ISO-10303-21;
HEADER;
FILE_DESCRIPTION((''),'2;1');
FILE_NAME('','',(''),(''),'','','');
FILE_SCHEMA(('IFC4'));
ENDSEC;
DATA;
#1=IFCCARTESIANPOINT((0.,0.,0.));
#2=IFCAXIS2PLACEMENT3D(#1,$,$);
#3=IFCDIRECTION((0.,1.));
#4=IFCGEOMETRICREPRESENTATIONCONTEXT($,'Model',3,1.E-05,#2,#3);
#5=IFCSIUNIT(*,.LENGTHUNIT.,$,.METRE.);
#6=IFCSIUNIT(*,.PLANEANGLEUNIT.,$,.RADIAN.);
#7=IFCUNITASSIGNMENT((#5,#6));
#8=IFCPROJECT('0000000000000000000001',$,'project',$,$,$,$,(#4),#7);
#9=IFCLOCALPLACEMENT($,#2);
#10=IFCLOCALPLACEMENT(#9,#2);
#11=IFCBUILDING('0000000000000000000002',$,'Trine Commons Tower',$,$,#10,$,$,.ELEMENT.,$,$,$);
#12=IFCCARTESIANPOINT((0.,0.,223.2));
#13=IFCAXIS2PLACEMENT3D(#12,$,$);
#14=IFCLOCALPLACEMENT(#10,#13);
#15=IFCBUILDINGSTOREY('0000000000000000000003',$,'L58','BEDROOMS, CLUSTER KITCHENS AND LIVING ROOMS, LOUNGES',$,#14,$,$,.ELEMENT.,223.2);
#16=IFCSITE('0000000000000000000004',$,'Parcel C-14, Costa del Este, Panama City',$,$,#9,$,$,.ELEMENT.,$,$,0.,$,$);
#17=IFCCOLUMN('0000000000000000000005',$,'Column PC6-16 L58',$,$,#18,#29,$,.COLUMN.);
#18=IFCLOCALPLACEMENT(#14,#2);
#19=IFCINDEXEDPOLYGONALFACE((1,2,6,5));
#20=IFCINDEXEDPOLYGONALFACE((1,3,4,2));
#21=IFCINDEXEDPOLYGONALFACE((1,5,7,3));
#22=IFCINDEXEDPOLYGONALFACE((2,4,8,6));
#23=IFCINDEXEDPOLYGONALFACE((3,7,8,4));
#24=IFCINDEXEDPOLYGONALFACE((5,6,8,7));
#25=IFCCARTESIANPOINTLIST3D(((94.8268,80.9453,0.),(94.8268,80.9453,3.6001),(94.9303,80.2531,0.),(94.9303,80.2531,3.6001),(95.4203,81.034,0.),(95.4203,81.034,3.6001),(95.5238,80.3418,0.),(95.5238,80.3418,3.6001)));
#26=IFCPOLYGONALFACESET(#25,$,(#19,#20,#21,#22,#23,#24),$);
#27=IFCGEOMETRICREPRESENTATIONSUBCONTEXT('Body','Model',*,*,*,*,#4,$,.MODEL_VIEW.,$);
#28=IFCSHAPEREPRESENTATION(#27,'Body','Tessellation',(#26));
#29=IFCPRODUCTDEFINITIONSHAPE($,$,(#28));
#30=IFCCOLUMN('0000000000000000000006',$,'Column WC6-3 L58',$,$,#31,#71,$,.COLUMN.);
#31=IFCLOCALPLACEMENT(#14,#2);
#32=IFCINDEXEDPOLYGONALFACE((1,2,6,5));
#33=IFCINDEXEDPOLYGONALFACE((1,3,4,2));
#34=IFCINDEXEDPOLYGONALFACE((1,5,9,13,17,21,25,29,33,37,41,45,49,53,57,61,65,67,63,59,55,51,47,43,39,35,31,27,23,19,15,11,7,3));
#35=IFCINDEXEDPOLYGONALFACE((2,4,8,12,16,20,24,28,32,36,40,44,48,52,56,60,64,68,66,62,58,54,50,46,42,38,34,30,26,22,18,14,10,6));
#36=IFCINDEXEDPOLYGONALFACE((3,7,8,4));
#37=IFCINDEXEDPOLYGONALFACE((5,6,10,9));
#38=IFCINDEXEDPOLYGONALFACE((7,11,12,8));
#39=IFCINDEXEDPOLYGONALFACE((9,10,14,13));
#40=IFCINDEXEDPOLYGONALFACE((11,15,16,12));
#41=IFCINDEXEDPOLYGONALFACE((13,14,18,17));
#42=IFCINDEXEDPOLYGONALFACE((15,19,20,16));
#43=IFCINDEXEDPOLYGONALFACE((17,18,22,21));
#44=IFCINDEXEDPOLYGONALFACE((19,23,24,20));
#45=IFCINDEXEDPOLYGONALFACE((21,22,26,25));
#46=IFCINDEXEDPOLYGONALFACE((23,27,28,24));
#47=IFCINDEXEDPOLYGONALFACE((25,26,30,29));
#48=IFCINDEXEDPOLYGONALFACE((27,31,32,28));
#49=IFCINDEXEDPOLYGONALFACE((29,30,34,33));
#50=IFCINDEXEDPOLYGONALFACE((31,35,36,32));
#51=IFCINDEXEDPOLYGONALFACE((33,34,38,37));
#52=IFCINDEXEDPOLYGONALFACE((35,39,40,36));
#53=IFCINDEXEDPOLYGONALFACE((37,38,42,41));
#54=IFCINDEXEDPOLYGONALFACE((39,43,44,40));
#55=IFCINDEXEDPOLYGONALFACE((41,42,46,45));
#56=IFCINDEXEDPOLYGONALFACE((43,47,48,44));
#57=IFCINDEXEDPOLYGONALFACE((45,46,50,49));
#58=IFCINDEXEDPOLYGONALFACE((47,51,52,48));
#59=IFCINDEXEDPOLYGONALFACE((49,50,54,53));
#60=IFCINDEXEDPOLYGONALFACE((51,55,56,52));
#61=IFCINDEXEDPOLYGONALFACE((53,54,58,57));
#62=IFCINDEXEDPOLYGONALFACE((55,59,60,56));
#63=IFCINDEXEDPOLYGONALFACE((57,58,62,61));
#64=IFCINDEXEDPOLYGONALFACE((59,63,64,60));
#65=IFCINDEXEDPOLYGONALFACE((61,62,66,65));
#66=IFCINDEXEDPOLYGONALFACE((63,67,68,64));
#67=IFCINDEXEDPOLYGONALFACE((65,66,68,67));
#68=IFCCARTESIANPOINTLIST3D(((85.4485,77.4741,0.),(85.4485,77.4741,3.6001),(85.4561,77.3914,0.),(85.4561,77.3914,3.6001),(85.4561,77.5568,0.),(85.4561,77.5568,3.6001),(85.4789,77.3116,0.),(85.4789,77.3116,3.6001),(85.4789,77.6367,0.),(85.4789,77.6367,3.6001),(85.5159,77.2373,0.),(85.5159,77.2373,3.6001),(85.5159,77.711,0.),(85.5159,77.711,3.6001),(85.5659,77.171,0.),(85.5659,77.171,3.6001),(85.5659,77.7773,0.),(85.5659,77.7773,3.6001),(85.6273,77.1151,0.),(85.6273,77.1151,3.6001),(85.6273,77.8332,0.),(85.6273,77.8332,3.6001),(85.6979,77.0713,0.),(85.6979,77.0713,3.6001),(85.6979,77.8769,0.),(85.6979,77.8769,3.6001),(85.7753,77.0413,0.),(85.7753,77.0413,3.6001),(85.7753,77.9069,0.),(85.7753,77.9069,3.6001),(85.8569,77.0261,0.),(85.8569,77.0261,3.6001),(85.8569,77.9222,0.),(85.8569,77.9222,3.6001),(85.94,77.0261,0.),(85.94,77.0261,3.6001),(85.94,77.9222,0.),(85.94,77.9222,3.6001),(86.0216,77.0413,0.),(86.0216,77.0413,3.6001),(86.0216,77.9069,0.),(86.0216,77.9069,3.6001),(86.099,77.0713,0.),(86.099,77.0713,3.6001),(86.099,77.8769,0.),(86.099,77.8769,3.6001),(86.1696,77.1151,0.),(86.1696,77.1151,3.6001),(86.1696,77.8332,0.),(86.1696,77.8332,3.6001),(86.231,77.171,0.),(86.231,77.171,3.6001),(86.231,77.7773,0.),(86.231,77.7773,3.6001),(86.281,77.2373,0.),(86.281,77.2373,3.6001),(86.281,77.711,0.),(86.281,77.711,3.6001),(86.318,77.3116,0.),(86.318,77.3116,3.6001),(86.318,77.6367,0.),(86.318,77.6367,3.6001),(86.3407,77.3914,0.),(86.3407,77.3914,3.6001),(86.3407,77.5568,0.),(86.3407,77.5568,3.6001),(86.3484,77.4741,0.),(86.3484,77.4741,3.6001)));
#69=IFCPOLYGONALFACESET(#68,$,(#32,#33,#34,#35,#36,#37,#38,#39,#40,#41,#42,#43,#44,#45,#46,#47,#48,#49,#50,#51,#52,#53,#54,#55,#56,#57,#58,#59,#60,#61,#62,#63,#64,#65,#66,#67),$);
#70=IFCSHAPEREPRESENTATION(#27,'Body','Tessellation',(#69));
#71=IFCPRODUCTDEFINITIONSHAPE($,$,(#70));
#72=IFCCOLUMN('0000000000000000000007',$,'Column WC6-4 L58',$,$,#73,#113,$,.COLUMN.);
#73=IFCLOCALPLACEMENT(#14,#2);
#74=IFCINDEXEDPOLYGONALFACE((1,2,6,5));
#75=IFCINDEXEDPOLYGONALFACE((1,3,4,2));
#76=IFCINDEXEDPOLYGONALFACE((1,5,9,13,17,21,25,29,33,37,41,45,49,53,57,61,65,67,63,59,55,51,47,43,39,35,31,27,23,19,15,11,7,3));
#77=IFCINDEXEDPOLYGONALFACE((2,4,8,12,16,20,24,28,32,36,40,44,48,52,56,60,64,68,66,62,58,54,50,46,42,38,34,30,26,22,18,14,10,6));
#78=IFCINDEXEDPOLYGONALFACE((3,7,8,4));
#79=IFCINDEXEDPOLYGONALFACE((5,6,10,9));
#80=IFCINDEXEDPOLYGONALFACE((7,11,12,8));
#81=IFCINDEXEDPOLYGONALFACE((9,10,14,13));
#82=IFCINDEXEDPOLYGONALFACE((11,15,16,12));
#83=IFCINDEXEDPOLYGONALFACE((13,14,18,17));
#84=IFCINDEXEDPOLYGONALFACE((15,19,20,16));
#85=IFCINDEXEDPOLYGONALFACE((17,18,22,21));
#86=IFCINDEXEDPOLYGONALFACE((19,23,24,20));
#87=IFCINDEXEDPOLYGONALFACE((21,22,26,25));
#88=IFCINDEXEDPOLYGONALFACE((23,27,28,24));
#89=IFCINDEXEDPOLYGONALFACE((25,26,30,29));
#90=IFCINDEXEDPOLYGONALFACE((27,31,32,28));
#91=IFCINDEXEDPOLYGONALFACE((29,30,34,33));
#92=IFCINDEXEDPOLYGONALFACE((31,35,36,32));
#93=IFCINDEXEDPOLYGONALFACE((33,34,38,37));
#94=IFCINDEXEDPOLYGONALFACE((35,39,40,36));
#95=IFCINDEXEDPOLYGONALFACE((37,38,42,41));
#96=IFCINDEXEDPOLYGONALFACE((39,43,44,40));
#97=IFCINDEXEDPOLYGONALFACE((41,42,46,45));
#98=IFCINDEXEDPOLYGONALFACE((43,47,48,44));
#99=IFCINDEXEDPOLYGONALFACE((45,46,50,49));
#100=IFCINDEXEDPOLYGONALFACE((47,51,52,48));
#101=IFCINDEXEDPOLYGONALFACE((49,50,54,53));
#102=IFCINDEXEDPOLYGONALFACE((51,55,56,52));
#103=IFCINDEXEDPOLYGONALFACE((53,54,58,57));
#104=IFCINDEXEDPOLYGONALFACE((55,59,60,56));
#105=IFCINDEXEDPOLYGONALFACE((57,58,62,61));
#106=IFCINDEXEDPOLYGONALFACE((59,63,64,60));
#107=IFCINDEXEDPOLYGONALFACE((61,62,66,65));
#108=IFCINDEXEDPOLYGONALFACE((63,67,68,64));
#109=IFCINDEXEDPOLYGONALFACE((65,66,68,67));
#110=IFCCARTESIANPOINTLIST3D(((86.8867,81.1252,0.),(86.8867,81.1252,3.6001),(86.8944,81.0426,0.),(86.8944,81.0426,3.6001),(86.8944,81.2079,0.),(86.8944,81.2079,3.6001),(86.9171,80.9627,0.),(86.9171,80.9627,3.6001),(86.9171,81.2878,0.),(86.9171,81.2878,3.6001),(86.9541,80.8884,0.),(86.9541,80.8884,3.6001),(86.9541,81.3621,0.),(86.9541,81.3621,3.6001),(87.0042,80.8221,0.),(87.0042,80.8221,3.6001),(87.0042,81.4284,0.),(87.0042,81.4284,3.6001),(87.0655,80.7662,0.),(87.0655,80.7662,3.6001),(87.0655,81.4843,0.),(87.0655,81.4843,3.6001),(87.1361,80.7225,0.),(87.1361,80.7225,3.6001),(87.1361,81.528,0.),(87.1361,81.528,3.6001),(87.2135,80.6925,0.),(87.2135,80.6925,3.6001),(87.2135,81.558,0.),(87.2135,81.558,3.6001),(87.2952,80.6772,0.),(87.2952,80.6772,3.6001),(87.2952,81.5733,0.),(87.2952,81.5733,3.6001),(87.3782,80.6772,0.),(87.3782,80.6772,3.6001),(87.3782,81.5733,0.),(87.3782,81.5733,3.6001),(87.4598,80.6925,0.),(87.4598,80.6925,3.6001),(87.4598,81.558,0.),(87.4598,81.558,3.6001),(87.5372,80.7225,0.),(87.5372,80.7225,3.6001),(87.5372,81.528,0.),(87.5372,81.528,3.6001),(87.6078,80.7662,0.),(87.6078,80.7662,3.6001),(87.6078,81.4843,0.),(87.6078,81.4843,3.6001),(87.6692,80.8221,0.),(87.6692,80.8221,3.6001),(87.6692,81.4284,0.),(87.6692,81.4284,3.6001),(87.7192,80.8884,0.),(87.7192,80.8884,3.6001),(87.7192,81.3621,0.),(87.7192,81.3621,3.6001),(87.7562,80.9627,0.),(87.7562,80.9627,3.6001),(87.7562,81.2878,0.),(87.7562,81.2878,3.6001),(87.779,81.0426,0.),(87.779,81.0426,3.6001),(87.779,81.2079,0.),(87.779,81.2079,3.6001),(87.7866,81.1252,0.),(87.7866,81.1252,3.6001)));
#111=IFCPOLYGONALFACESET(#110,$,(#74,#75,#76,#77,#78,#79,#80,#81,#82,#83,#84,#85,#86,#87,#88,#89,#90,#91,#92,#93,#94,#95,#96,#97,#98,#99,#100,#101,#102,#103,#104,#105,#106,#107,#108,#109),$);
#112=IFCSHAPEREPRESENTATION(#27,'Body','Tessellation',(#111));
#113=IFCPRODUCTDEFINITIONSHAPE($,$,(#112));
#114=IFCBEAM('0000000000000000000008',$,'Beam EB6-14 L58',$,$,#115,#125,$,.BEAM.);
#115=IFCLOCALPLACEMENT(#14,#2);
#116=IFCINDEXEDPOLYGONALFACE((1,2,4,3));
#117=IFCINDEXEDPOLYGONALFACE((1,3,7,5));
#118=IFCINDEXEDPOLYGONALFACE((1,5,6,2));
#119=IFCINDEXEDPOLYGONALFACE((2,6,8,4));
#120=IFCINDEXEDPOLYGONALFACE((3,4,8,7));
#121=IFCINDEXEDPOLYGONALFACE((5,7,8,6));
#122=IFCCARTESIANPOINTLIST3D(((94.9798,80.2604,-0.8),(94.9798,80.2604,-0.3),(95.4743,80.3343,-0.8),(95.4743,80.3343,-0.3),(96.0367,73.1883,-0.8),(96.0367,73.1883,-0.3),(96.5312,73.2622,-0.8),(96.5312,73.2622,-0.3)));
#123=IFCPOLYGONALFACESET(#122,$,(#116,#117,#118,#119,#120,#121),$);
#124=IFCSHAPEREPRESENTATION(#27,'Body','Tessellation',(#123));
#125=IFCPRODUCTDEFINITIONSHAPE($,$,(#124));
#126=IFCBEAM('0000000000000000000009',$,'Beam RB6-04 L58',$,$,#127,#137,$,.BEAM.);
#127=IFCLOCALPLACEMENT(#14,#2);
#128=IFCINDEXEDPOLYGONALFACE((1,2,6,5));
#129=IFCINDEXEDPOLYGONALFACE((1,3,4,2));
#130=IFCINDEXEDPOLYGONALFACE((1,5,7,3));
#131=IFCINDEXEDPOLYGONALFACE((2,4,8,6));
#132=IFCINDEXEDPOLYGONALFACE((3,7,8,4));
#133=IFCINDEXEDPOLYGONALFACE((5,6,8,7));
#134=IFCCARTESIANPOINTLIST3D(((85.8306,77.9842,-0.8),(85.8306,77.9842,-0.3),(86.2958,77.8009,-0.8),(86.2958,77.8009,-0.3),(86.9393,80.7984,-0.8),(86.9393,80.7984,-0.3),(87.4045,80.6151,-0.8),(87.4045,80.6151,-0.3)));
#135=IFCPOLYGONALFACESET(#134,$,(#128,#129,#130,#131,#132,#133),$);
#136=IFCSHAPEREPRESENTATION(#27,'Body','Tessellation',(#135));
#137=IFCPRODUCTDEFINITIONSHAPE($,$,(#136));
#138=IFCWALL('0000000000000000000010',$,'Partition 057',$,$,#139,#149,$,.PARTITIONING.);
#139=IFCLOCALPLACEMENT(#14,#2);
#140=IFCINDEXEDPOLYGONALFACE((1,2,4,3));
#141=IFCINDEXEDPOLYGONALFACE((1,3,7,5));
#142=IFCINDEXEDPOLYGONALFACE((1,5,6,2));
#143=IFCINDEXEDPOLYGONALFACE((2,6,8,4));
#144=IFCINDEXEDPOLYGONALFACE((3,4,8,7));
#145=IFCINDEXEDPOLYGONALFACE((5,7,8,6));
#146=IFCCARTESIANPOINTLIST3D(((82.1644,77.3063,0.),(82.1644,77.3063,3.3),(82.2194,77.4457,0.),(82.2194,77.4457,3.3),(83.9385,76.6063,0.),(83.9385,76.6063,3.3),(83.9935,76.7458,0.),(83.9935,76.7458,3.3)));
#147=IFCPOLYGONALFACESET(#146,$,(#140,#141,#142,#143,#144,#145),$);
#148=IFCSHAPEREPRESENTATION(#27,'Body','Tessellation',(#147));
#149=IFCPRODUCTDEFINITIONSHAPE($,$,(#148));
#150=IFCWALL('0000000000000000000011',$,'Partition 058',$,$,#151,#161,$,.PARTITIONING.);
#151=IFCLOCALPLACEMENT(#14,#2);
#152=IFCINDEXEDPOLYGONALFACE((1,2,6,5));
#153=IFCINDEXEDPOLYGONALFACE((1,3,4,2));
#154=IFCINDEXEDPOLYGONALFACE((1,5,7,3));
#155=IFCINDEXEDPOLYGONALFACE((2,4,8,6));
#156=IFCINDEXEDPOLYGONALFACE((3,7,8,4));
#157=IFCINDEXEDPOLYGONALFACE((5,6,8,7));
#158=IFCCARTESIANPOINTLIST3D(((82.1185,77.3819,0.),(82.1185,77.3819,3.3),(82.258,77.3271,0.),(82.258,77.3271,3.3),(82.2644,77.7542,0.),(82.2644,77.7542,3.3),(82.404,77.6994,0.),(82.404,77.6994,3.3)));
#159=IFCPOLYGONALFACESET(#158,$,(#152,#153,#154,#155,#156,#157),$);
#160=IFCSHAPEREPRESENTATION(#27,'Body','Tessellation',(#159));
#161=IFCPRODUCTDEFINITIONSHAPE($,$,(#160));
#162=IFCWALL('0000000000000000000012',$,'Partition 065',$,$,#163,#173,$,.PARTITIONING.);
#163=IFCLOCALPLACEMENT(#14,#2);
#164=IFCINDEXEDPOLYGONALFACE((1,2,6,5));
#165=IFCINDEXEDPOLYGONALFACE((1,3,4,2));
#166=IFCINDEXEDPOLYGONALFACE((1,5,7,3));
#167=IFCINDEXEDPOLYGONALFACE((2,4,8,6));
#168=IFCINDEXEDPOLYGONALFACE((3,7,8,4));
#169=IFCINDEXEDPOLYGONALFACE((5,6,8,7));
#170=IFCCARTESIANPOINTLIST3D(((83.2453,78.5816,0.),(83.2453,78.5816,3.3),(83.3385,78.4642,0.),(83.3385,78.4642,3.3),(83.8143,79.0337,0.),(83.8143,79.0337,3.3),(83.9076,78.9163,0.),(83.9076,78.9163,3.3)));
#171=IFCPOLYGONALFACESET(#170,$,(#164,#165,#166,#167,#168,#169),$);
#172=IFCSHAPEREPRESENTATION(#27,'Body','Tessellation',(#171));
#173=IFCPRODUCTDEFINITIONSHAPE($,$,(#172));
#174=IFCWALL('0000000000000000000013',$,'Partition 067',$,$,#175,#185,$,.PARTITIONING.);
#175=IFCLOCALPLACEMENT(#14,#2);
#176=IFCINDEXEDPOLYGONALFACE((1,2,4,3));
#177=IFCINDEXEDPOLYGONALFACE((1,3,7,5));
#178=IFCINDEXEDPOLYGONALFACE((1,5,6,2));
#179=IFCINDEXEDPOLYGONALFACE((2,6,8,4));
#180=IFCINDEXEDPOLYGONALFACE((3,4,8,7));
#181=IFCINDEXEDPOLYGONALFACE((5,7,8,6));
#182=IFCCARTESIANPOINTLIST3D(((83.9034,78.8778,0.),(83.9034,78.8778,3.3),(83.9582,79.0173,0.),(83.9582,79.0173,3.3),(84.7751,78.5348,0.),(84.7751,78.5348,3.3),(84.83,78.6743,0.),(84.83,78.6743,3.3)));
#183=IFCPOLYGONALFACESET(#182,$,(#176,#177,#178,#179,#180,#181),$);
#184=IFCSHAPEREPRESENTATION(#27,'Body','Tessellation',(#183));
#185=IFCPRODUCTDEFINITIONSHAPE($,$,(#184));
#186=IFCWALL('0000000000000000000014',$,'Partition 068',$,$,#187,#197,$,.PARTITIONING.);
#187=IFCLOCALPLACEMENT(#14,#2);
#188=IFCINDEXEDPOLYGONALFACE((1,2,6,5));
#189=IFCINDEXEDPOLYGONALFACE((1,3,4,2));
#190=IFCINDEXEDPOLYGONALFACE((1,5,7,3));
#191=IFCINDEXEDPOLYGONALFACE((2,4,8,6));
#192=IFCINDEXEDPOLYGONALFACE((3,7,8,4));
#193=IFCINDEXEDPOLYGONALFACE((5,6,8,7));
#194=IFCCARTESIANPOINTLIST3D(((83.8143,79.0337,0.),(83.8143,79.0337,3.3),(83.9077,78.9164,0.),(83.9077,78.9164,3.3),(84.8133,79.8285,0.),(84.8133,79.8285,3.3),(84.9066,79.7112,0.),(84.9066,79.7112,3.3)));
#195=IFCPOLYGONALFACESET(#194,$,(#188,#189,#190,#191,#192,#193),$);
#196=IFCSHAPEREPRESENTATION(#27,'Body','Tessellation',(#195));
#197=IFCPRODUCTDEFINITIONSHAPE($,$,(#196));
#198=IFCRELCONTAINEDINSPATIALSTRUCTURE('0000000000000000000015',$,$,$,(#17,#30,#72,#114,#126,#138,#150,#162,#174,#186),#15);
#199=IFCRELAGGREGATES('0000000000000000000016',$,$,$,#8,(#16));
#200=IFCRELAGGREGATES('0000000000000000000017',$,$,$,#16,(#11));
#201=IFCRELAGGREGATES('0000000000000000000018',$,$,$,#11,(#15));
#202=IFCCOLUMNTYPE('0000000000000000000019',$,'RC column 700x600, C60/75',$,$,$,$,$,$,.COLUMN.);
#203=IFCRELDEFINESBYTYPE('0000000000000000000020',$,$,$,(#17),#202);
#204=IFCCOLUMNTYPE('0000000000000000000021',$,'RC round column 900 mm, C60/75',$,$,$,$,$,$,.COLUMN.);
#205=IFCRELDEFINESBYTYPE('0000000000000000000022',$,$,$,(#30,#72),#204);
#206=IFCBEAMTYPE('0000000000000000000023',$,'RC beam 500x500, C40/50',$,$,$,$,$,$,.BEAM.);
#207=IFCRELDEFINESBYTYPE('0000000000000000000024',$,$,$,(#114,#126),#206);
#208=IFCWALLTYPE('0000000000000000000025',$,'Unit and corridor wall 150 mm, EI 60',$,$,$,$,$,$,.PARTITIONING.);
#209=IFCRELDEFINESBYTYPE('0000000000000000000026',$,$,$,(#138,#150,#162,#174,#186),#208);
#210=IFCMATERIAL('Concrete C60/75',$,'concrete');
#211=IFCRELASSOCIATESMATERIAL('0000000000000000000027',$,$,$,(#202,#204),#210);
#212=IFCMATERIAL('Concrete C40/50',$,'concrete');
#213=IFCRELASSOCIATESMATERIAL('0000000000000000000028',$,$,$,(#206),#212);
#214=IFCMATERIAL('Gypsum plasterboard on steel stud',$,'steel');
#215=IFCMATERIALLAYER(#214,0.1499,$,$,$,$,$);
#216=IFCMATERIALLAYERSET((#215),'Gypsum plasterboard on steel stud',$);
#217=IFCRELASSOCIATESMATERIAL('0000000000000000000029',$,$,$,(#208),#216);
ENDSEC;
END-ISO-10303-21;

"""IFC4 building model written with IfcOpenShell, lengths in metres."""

from ifc_helpers import new_model, si_unit, direction, frame, frame_2d, origin, origin_2d, place, context, subcontext, project, spatial, rectangle, circle, extrude, material, layer, layer_set, material_profile, profile_set, type_object, element, save


model = new_model("IFC4")

# Units and contexts
model_context = context("Model", 3, precision=1e-05, world=origin(), true_north=direction((0.0, 1.0)))
body_context = subcontext(model_context, "Body", "Model", "MODEL_VIEW")
ifc_project = project(units=[si_unit("LENGTHUNIT", "METRE"), si_unit("PLANEANGLEUNIT", "RADIAN")], contexts=[model_context])

# Site, building, storey
site_placement = place(None, origin())
site = spatial("IfcSite", under=ifc_project, at=site_placement, Name="Parcel C-14, Costa del Este, Panama City", CompositionType="ELEMENT", RefElevation=0.0)
building_placement = place(site_placement, origin())
building = spatial("IfcBuilding", under=site, at=building_placement, Name="Trine Commons Tower", CompositionType="ELEMENT")
storey_placement = place(building_placement, frame((0.0, 0.0, 223.2)))
storey = spatial("IfcBuildingStorey", under=building, at=storey_placement, Name="L58", Description="BEDROOMS, CLUSTER KITCHENS AND LIVING ROOMS, LOUNGES", CompositionType="ELEMENT", Elevation=223.2)

# Columns
ifc_material_1 = material(Name="Concrete C60/75", Category="concrete")
ifc_material_profile_1 = material_profile(ifc_material_1, rectangle(XDim=0.7, YDim=0.6001, at=origin_2d()), Name="RC 700x600")
ifc_profile_set_1 = profile_set([ifc_material_profile_1], Name="Concrete C60/75")
column_type_1 = type_object("IfcColumnType", Name="RC column 700x600, C60/75", PredefinedType="COLUMN", material=ifc_profile_set_1)
column_placement = place(storey_placement, frame((95.1753, 80.6436, 0.0), z_axis=(0.0, 0.0, 1.0), x_axis=(-0.147809, 0.989016, 0.0)))
element("IfcColumn", 1, at=column_placement, inside=storey, type_object=column_type_1, Name="Column PC6-16 L58", PredefinedType="COLUMN", context=body_context, shape_type="SweptSolid", body=[
    extrude(rectangle(XDim=0.7, YDim=0.6001, at=origin_2d()), origin(), (0.0, 0.0, 1.0), 3.6001),
])
ifc_material_profile_2 = material_profile(ifc_material_1, circle(Radius=0.45, at=origin_2d()), Name="RC round 900")
ifc_profile_set_2 = profile_set([ifc_material_profile_2], Name="Concrete C60/75")
column_type_2 = type_object("IfcColumnType", Name="RC round column 900 mm, C60/75", PredefinedType="COLUMN", material=ifc_profile_set_2)
for number, where, z_axis, x_axis, name in (
    (2, (85.8984, 77.4741, 0.0), (0.0, 0.0, 1.0), (1.0, 0.0, 0.0), "Column WC6-3 L58"),
    (3, (87.3367, 81.1252, 0.0), (0.0, 0.0, 1.0), (1.0, 0.0, 0.0), "Column WC6-4 L58"),
):
    element("IfcColumn", number, at=place(storey_placement, frame(where, z_axis=z_axis, x_axis=x_axis)), inside=storey, type_object=column_type_2, Name=name, PredefinedType="COLUMN", context=body_context, shape_type="SweptSolid", body=[
        extrude(circle(Radius=0.45, at=origin_2d()), origin(), (0.0, 0.0, 1.0), 3.6001),
    ])

# Beams
ifc_material_2 = material(Name="Concrete C40/50", Category="concrete")
ifc_material_profile_3 = material_profile(ifc_material_2, rectangle(XDim=0.5, YDim=0.5, at=origin_2d()), Name="RC 500x500")
ifc_profile_set_3 = profile_set([ifc_material_profile_3], Name="Concrete C40/50")
beam_type = type_object("IfcBeamType", Name="RC beam 500x500, C40/50", PredefinedType="BEAM", material=ifc_profile_set_3)
beam_1_placement = place(storey_placement, frame((95.2271, 80.2974, -0.55), z_axis=(0.147804, -0.989017, 0.0), x_axis=(0.989017, 0.147804, 0.0)))
element("IfcBeam", 4, at=beam_1_placement, inside=storey, type_object=beam_type, Name="Beam EB6-14 L58", PredefinedType="BEAM", context=body_context, shape_type="SweptSolid", body=[
    extrude(rectangle(XDim=0.5, YDim=0.5, at=origin_2d()), origin(), (0.0, 0.0, 1.0), 7.1506),
])
beam_2_placement = place(storey_placement, frame((86.0632, 77.8926, -0.55), z_axis=(0.366529, 0.930407, 0.0), x_axis=(-0.930407, 0.366529, 0.0)))
element("IfcBeam", 5, at=beam_2_placement, inside=storey, type_object=beam_type, Name="Beam RB6-04 L58", PredefinedType="BEAM", context=body_context, shape_type="SweptSolid", body=[
    extrude(rectangle(XDim=0.5, YDim=0.5, at=origin_2d()), origin(), (0.0, 0.0, 1.0), 3.0247),
])

# Walls
ifc_material_3 = material(Name="Gypsum plasterboard on steel stud", Category="steel")
ifc_layer_1 = layer(ifc_material_3, 0.1499)
ifc_layer_set_1 = layer_set([ifc_layer_1], Name="Gypsum plasterboard on steel stud")
wall_type_1 = type_object("IfcWallType", Name="Unit and corridor wall 150 mm, EI 60", PredefinedType="PARTITIONING", material=ifc_layer_set_1)
wall_1_placement = place(storey_placement, frame((82.1919, 77.376, 0.0), z_axis=(0.0, 0.0, 1.0), x_axis=(0.930223, -0.366995, 0.0)))
element("IfcWall", 6, at=wall_1_placement, inside=storey, type_object=wall_type_1, Name="Partition 057", PredefinedType="PARTITIONING", context=body_context, shape_type="SweptSolid", body=[
    extrude(rectangle(XDim=1.9072, YDim=0.1499, at=frame_2d((0.9536, 0.0))), origin(), (0.0, 0.0, 1.0), 3.3),
])
wall_2_placement = place(storey_placement, frame((82.1882, 77.3545, 0.0), z_axis=(0.0, 0.0, 1.0), x_axis=(0.365067, 0.930981, 0.0)))
element("IfcWall", 7, at=wall_2_placement, inside=storey, type_object=wall_type_1, Name="Partition 058", PredefinedType="PARTITIONING", context=body_context, shape_type="SweptSolid", body=[
    extrude(rectangle(XDim=0.3999, YDim=0.1499, at=frame_2d((0.2, 0.0))), origin(), (0.0, 0.0, 1.0), 3.3),
])
wall_3_placement = place(storey_placement, frame((83.292, 78.5229, 0.0), z_axis=(0.0, 0.0, 1.0), x_axis=(0.782962, 0.62207, 0.0)))
element("IfcWall", 8, at=wall_3_placement, inside=storey, type_object=wall_type_1, Name="Partition 065", PredefinedType="PARTITIONING", context=body_context, shape_type="SweptSolid", body=[
    extrude(rectangle(XDim=0.7268, YDim=0.1499, at=frame_2d((0.3633, 0.0))), origin(), (0.0, 0.0, 1.0), 3.3),
])
wall_4_placement = place(storey_placement, frame((83.9309, 78.9475, 0.0), z_axis=(0.0, 0.0, 1.0), x_axis=(0.930564, -0.366128, 0.0)))
element("IfcWall", 9, at=wall_4_placement, inside=storey, type_object=wall_type_1, Name="Partition 067", PredefinedType="PARTITIONING", context=body_context, shape_type="SweptSolid", body=[
    extrude(rectangle(XDim=0.9368, YDim=0.1499, at=frame_2d((0.4683, 0.0))), origin(), (0.0, 0.0, 1.0), 3.3),
])
wall_5_placement = place(storey_placement, frame((83.8611, 78.9751, 0.0), z_axis=(0.0, 0.0, 1.0), x_axis=(0.782508, 0.622641, 0.0)))
element("IfcWall", 10, at=wall_5_placement, inside=storey, type_object=wall_type_1, Name="Partition 068", PredefinedType="PARTITIONING", context=body_context, shape_type="SweptSolid", body=[
    extrude(rectangle(XDim=1.2766, YDim=0.1499, at=frame_2d((0.6382, 0.0))), origin(), (0.0, 0.0, 1.0), 3.3),
])

save(model, "model.ifc")
